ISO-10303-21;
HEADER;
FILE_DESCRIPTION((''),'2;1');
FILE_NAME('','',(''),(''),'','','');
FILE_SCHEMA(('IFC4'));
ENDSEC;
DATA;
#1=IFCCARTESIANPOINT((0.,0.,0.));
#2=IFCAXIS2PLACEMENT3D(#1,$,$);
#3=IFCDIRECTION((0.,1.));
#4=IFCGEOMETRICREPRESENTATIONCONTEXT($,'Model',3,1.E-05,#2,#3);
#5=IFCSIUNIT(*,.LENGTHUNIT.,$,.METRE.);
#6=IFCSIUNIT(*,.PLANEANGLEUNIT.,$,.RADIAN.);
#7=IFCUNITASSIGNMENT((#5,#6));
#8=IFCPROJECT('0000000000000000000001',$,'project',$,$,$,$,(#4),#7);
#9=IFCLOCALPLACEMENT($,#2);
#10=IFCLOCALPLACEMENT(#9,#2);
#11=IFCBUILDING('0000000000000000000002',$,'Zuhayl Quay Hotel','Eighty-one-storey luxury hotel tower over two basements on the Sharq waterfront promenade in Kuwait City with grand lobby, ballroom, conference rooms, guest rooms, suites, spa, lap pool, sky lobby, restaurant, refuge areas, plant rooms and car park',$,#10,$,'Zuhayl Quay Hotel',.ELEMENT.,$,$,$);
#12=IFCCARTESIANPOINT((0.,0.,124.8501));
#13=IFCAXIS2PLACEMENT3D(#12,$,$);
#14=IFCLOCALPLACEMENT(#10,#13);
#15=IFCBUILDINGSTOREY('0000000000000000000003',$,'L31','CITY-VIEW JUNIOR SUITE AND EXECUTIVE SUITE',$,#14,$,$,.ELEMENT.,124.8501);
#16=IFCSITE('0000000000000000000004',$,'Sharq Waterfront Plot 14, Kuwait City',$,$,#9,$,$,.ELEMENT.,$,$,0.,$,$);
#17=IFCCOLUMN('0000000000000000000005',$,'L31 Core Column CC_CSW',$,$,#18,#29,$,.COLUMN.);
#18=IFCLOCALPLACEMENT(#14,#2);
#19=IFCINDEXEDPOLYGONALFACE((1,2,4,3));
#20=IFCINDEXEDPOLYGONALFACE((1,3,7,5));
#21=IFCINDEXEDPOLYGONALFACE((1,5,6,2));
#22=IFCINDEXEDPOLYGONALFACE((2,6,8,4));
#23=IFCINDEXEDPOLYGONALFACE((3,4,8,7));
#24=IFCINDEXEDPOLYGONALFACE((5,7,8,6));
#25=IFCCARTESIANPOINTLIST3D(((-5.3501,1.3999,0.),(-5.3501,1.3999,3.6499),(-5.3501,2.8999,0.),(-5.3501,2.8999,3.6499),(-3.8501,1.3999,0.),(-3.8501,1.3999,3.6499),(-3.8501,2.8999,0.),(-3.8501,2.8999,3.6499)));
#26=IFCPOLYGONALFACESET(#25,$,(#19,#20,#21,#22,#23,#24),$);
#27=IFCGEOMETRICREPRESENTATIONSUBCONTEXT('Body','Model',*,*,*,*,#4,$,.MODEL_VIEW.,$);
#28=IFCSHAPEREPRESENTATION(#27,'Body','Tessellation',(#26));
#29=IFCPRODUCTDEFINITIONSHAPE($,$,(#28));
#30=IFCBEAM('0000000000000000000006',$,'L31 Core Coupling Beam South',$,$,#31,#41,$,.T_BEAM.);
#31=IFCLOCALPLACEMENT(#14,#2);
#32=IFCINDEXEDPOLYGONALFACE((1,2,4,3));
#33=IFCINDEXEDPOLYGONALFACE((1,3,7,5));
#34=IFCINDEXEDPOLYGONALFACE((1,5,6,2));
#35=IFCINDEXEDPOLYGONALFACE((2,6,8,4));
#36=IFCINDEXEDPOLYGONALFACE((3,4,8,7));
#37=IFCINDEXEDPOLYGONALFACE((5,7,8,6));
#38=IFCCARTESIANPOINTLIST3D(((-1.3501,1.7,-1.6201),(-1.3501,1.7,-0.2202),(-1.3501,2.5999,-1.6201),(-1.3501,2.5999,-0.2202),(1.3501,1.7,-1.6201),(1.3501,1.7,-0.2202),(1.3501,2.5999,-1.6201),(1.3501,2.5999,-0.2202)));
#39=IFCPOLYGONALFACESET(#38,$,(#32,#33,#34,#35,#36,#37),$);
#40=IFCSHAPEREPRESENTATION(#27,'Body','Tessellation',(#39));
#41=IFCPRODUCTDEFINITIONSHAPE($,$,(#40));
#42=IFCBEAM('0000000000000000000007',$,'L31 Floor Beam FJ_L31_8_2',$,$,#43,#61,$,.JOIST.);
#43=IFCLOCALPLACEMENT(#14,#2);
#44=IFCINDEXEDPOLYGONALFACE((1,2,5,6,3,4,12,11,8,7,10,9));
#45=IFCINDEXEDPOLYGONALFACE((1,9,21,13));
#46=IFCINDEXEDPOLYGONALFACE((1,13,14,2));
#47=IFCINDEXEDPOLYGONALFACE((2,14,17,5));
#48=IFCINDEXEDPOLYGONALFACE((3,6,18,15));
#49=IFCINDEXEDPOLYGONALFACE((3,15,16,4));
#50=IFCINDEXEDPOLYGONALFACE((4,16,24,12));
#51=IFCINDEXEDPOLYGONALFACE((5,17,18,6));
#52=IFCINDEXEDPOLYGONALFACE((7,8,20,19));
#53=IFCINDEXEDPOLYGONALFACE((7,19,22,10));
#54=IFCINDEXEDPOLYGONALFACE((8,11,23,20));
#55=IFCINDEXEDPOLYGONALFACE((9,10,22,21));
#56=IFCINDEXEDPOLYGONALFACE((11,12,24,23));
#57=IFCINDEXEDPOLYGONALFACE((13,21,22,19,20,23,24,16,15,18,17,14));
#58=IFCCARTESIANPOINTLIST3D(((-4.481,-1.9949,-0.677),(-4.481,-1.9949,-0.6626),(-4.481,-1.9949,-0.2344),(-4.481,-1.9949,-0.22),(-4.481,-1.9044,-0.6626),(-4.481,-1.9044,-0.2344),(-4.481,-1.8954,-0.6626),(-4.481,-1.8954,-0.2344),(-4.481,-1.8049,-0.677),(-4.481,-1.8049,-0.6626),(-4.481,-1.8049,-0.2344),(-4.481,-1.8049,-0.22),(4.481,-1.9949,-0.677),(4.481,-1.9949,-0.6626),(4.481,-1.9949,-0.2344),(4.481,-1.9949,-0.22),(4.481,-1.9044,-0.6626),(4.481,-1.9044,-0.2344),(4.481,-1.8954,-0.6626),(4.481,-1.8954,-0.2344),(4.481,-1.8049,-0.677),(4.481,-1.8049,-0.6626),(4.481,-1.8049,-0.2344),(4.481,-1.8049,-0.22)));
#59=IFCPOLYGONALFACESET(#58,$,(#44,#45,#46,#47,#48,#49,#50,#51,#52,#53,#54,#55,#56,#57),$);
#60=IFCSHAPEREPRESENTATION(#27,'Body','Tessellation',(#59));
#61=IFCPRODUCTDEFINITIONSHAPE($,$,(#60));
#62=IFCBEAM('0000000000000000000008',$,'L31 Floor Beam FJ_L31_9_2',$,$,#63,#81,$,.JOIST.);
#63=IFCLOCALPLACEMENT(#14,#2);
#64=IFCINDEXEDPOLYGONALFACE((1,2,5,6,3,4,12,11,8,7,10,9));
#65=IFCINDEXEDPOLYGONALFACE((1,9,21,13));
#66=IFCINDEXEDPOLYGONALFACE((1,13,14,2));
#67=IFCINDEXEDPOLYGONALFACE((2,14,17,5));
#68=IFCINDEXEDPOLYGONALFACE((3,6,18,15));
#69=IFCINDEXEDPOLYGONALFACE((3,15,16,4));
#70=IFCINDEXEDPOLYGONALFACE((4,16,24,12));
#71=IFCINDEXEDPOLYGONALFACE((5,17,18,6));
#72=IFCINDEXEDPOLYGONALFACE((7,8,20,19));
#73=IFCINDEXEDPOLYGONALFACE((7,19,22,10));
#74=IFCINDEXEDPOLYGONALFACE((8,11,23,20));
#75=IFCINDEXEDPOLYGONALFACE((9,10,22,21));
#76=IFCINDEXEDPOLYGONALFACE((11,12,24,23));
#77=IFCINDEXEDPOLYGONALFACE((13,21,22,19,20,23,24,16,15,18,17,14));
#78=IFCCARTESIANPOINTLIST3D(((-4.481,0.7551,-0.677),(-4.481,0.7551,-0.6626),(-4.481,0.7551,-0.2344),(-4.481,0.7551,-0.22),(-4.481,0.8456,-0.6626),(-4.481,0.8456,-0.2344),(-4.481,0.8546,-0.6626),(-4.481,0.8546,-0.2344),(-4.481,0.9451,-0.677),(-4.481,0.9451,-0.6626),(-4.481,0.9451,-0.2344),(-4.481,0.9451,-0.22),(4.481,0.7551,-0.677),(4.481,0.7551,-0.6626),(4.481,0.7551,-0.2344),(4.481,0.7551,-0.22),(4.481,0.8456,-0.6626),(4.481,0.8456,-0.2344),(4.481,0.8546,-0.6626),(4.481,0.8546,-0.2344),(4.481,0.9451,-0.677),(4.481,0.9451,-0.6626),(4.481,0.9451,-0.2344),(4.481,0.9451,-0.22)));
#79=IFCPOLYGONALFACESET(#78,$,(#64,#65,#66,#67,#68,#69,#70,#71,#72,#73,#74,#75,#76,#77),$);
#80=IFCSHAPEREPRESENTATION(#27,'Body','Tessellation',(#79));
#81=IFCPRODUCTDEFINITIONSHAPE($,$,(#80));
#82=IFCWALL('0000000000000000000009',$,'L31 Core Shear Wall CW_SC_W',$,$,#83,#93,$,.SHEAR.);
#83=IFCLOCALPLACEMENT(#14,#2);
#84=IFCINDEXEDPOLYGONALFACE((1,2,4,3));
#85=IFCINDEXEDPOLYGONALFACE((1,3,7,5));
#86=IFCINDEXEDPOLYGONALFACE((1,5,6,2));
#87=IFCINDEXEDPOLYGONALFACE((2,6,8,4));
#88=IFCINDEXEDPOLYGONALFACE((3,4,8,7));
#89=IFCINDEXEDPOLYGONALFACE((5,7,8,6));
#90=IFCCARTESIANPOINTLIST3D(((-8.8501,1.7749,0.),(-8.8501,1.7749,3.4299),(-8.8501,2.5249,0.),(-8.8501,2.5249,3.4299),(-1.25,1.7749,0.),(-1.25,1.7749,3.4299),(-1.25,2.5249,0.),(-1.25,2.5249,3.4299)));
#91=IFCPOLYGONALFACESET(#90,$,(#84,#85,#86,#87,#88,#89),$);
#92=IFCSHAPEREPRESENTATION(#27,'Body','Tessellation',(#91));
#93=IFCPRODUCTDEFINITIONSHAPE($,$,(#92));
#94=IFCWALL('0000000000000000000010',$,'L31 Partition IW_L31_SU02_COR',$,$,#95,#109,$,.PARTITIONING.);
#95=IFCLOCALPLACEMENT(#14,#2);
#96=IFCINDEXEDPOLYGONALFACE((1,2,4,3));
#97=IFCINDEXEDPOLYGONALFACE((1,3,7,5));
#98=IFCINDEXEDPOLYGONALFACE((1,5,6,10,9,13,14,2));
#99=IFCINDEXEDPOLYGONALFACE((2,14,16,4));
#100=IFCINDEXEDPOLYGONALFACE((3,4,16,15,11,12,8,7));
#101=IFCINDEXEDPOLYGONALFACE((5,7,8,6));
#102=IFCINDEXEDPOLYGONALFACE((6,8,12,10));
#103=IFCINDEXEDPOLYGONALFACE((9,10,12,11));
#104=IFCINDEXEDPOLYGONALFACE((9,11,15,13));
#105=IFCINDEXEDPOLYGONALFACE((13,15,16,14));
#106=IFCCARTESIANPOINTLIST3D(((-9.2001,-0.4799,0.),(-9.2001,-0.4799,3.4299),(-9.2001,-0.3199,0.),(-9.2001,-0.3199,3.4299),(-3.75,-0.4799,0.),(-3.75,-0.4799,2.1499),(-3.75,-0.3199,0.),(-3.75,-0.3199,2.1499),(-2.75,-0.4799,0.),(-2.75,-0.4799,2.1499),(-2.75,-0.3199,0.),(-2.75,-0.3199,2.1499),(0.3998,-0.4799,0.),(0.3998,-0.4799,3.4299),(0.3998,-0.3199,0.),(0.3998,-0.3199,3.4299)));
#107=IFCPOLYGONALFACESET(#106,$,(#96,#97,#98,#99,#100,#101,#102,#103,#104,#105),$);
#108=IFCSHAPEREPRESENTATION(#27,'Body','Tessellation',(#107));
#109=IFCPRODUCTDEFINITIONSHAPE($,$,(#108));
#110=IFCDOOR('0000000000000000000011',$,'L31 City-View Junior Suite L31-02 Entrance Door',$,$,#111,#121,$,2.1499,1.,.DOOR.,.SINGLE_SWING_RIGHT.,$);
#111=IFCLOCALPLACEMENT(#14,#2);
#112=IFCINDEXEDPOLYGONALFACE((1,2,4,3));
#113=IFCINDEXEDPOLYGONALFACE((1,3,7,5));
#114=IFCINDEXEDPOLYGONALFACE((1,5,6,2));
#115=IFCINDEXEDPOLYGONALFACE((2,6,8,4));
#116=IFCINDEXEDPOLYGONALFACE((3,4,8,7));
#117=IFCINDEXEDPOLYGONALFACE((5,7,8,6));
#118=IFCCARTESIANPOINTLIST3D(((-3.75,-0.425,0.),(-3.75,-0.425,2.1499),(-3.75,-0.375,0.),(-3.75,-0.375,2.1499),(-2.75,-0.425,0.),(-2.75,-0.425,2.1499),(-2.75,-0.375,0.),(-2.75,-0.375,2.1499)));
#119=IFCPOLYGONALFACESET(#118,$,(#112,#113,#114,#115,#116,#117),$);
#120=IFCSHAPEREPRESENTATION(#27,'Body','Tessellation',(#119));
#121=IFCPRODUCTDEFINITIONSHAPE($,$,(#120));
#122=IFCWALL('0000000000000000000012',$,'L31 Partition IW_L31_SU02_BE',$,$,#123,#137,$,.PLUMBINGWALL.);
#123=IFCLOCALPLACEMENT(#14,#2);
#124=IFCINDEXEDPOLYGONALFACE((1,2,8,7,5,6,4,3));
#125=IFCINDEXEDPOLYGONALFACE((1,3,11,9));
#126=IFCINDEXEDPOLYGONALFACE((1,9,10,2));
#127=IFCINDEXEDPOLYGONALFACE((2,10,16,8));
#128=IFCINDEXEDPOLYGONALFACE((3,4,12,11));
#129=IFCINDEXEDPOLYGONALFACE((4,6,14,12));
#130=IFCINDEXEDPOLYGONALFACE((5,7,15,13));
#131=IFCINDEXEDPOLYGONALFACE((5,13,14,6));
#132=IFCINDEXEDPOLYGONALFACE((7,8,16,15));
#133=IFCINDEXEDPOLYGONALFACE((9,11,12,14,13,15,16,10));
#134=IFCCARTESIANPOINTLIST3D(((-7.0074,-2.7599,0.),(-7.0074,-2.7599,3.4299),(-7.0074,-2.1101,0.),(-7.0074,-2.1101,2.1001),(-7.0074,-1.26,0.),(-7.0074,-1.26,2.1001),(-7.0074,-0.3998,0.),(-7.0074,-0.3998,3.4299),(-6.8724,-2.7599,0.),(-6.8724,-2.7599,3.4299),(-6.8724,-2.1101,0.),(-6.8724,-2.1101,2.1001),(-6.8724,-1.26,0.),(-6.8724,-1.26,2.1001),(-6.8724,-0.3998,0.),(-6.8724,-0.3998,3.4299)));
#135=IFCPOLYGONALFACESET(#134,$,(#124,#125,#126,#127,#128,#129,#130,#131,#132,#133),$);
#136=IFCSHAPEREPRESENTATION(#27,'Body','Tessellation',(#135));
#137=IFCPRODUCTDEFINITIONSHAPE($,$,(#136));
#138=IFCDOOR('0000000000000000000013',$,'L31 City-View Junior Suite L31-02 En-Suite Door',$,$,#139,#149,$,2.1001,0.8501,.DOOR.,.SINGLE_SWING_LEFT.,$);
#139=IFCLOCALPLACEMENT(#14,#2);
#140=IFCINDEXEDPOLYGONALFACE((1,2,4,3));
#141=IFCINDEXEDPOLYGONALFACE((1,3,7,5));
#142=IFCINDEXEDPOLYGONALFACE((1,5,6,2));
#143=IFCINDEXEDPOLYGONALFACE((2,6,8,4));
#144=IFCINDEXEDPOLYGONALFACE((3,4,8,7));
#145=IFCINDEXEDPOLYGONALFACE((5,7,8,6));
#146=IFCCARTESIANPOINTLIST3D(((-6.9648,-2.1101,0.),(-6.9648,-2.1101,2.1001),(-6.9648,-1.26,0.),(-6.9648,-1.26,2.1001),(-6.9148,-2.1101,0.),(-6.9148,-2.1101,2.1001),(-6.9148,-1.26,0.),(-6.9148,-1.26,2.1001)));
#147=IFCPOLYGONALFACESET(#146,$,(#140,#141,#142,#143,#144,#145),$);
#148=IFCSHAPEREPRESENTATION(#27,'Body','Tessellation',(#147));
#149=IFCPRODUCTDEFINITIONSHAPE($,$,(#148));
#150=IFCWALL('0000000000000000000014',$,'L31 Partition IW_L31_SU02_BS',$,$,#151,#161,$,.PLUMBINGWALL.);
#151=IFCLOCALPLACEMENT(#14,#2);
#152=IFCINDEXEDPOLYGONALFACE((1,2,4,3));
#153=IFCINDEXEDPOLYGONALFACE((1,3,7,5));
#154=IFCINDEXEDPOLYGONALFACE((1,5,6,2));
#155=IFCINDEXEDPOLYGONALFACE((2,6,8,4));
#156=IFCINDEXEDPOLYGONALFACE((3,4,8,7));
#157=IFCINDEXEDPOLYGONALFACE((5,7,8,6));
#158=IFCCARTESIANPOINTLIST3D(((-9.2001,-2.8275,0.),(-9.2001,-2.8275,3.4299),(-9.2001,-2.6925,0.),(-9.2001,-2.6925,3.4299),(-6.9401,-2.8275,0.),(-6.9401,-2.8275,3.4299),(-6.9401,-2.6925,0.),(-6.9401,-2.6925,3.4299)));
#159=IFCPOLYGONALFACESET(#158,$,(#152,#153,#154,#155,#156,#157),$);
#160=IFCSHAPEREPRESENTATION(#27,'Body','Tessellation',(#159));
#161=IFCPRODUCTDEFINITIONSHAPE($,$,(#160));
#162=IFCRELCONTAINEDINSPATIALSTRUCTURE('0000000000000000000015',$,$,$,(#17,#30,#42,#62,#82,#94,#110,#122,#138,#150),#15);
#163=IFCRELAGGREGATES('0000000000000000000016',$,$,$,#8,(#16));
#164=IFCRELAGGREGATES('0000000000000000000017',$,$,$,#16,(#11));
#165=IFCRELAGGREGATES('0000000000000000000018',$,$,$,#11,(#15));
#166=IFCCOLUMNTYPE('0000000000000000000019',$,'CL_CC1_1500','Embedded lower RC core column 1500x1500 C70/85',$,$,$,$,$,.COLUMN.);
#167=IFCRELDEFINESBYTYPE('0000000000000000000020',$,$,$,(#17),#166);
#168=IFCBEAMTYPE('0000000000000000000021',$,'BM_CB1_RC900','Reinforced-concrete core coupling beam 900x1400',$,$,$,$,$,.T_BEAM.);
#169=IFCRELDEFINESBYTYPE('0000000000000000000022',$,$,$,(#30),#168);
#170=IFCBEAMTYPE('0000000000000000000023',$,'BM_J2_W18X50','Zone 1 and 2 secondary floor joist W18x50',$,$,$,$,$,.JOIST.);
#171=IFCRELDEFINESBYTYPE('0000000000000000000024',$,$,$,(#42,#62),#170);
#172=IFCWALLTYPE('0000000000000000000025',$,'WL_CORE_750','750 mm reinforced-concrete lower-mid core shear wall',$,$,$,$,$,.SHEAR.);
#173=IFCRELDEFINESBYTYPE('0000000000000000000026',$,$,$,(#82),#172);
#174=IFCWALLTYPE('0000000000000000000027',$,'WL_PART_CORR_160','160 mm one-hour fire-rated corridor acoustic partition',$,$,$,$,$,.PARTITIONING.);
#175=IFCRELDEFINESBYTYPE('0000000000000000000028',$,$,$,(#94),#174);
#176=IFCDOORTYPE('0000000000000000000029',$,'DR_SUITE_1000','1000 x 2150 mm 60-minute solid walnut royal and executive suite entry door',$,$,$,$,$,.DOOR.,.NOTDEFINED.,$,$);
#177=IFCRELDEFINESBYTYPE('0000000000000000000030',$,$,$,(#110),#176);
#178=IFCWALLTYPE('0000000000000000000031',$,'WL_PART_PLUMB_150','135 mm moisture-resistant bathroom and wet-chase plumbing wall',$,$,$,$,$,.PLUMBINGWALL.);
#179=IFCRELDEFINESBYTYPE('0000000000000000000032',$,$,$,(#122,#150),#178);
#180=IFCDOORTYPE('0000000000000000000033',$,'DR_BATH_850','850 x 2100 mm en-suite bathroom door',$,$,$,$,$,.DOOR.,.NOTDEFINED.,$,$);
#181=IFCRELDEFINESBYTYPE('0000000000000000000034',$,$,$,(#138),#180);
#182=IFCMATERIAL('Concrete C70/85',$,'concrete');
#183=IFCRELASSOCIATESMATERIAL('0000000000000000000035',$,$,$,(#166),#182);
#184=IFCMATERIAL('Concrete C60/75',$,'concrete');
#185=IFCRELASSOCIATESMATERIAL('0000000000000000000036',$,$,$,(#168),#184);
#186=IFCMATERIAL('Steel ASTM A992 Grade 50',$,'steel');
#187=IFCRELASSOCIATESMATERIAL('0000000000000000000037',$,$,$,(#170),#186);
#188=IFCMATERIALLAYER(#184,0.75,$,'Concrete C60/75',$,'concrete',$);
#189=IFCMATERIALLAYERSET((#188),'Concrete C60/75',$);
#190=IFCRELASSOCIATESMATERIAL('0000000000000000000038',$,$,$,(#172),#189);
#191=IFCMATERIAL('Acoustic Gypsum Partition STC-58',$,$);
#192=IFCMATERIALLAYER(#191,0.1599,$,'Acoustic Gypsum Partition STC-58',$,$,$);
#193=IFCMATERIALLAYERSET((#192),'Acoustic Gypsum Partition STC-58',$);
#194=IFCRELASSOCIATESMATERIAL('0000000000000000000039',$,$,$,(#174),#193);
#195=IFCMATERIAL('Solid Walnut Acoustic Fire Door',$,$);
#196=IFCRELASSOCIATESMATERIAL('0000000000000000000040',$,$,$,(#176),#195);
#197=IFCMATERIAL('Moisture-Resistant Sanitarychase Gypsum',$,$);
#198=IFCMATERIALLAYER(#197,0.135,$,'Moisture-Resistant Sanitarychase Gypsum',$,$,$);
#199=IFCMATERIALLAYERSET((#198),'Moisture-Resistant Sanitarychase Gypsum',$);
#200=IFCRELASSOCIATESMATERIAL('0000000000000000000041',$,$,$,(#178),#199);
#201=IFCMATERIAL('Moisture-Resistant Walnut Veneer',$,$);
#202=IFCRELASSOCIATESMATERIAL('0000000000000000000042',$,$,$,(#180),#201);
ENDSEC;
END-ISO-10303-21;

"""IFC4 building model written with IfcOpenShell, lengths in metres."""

from ifc_helpers import new_model, si_unit, direction, frame, frame_2d, origin, origin_2d, place, context, subcontext, project, spatial, rectangle, i_section, extrude, material, layer, layer_set, material_profile, profile_set, type_object, element, fill, save


model = new_model("IFC4")

# Units and contexts
model_context = context("Model", 3, precision=1e-05, world=origin(), true_north=direction((0.0, 1.0)))
body_context = subcontext(model_context, "Body", "Model", "MODEL_VIEW")
ifc_project = project(units=[si_unit("LENGTHUNIT", "METRE"), si_unit("PLANEANGLEUNIT", "RADIAN")], contexts=[model_context])

# Site, building, storey
site_placement = place(None, origin())
site = spatial("IfcSite", under=ifc_project, at=site_placement, Name="Sharq Waterfront Plot 14, Kuwait City", CompositionType="ELEMENT", RefElevation=0.0)
building_placement = place(site_placement, origin())
building = spatial("IfcBuilding", under=site, at=building_placement, Name="Zuhayl Quay Hotel", Description="Eighty-one-storey luxury hotel tower over two basements on the Sharq waterfront promenade in Kuwait City with grand lobby, ballroom, conference rooms, guest rooms, suites, spa, lap pool, sky lobby, restaurant, refuge areas, plant rooms and car park", LongName="Zuhayl Quay Hotel", CompositionType="ELEMENT")
storey_placement = place(building_placement, frame((0.0, 0.0, 124.8501)))
storey = spatial("IfcBuildingStorey", under=building, at=storey_placement, Name="L31", Description="CITY-VIEW JUNIOR SUITE AND EXECUTIVE SUITE", CompositionType="ELEMENT", Elevation=124.8501)

# Column
ifc_material_1 = material(Name="Concrete C70/85", Category="concrete")
ifc_material_profile_1 = material_profile(ifc_material_1, rectangle(XDim=1.5, YDim=1.5, at=origin_2d()), Name="RC1500X1500")
ifc_profile_set_1 = profile_set([ifc_material_profile_1], Name="Concrete C70/85")
column_type = type_object("IfcColumnType", Name="CL_CC1_1500", Description="Embedded lower RC core column 1500x1500 C70/85", PredefinedType="COLUMN", material=ifc_profile_set_1)
column_placement = place(storey_placement, frame((-4.6001, 2.1499, 0.0), z_axis=(0.0, 0.0, 1.0), x_axis=(1.0, 0.0, 0.0)))
element("IfcColumn", 1, at=column_placement, inside=storey, type_object=column_type, Name="L31 Core Column CC_CSW", PredefinedType="COLUMN", context=body_context, shape_type="SweptSolid", body=[
    extrude(rectangle(XDim=1.5, YDim=1.5, at=origin_2d()), origin(), (0.0, 0.0, 1.0), 3.6499),
])

# Beams
ifc_material_2 = material(Name="Concrete C60/75", Category="concrete")
ifc_material_profile_2 = material_profile(ifc_material_2, rectangle(XDim=0.8999, YDim=1.3999, at=origin_2d()), Name="RC900X1400")
ifc_profile_set_2 = profile_set([ifc_material_profile_2], Name="Concrete C60/75")
beam_type_1 = type_object("IfcBeamType", Name="BM_CB1_RC900", Description="Reinforced-concrete core coupling beam 900x1400", PredefinedType="T_BEAM", material=ifc_profile_set_2)
beam_placement = place(storey_placement, frame((-1.3501, 2.1499, -0.9202), z_axis=(1.0, 0.0, 0.0), x_axis=(0.0, 1.0, 0.0)))
element("IfcBeam", 2, at=beam_placement, inside=storey, type_object=beam_type_1, Name="L31 Core Coupling Beam South", PredefinedType="T_BEAM", context=body_context, shape_type="SweptSolid", body=[
    extrude(rectangle(XDim=0.8999, YDim=1.3999, at=origin_2d()), origin(), (0.0, 0.0, 1.0), 2.7002),
])
ifc_material_3 = material(Name="Steel ASTM A992 Grade 50", Category="steel")
ifc_material_profile_3 = material_profile(ifc_material_3, i_section(OverallWidth=0.1899, OverallDepth=0.457, WebThickness=0.009, FlangeThickness=0.0144, at=origin_2d()), Name="W18X50")
ifc_profile_set_3 = profile_set([ifc_material_profile_3], Name="Steel ASTM A992 Grade 50")
beam_type_2 = type_object("IfcBeamType", Name="BM_J2_W18X50", Description="Zone 1 and 2 secondary floor joist W18x50", PredefinedType="JOIST", material=ifc_profile_set_3)
for number, where, z_axis, x_axis, name in (
    (3, (-4.481, -1.8999, -0.4485), (1.0, 0.0, 0.0), (0.0, 1.0, 0.0), "L31 Floor Beam FJ_L31_8_2"),
    (4, (-4.481, 0.8501, -0.4485), (1.0, 0.0, 0.0), (0.0, 1.0, 0.0), "L31 Floor Beam FJ_L31_9_2"),
):
    element("IfcBeam", number, at=place(storey_placement, frame(where, z_axis=z_axis, x_axis=x_axis)), inside=storey, type_object=beam_type_2, Name=name, PredefinedType="JOIST", context=body_context, shape_type="SweptSolid", body=[
        extrude(i_section(OverallWidth=0.1899, OverallDepth=0.457, WebThickness=0.009, FlangeThickness=0.0144, at=origin_2d()), origin(), (0.0, 0.0, 1.0), 8.9619),
    ])

# Wall
ifc_layer_1 = layer(ifc_material_2, 0.75, Name="Concrete C60/75", Category="concrete")
ifc_layer_set_1 = layer_set([ifc_layer_1], Name="Concrete C60/75")
wall_type_1 = type_object("IfcWallType", Name="WL_CORE_750", Description="750 mm reinforced-concrete lower-mid core shear wall", PredefinedType="SHEAR", material=ifc_layer_set_1)
wall_1_placement = place(storey_placement, frame((-8.8501, 2.1499, 0.0), z_axis=(0.0, 0.0, 1.0), x_axis=(1.0, 0.0, 0.0)))
element("IfcWall", 5, at=wall_1_placement, inside=storey, type_object=wall_type_1, Name="L31 Core Shear Wall CW_SC_W", PredefinedType="SHEAR", context=body_context, shape_type="SweptSolid", body=[
    extrude(rectangle(XDim=7.6001, YDim=0.75, at=frame_2d((3.8, 0.0))), origin(), (0.0, 0.0, 1.0), 3.4299),
])

# Walls, openings, doors
ifc_material_4 = material(Name="Acoustic Gypsum Partition STC-58")
ifc_layer_2 = layer(ifc_material_4, 0.1599, Name="Acoustic Gypsum Partition STC-58")
ifc_layer_set_2 = layer_set([ifc_layer_2], Name="Acoustic Gypsum Partition STC-58")
wall_type_2 = type_object("IfcWallType", Name="WL_PART_CORR_160", Description="160 mm one-hour fire-rated corridor acoustic partition", PredefinedType="PARTITIONING", material=ifc_layer_set_2)
wall_2_placement = place(storey_placement, frame((-9.2, -0.3999, 0.0), z_axis=(0.0, 0.0, 1.0), x_axis=(1.0, 0.0, 0.0)))
wall_2 = element("IfcWall", 6, at=wall_2_placement, inside=storey, type_object=wall_type_2, Name="L31 Partition IW_L31_SU02_COR", PredefinedType="PARTITIONING", context=body_context, shape_type="SweptSolid", body=[
    extrude(rectangle(XDim=9.5999, YDim=0.1599, at=frame_2d((4.7998, 0.0))), origin(), (0.0, 0.0, 1.0), 3.4299),
])
opening_1_placement = place(wall_2_placement, frame((5.45, 0.0, 0.0)))
opening_1 = element("IfcOpeningElement", 7, at=opening_1_placement, cuts=wall_2, PredefinedType="OPENING", context=body_context, shape_type="SweptSolid", body=[
    extrude(rectangle(XDim=1.0, YDim=2.1499, at=frame_2d((0.5, 1.075))), frame((0.0, 0.0898, 0.0), z_axis=(0.0, -1.0, 0.0), x_axis=(1.0, 0.0, 0.0)), (0.0, 0.0, 1.0), 0.1799),
])
ifc_material_5 = material(Name="Solid Walnut Acoustic Fire Door")
door_type_1 = type_object("IfcDoorType", Name="DR_SUITE_1000", Description="1000 x 2150 mm 60-minute solid walnut royal and executive suite entry door", OperationType="NOTDEFINED", PredefinedType="DOOR", material=ifc_material_5)
door_1_placement = place(opening_1_placement, origin())
door_1 = element("IfcDoor", 8, at=door_1_placement, inside=storey, type_object=door_type_1, Name="L31 City-View Junior Suite L31-02 Entrance Door", OperationType="SINGLE_SWING_RIGHT", OverallHeight=2.1499, OverallWidth=1.0, PredefinedType="DOOR", context=body_context, shape_type="SweptSolid", body=[
    extrude(rectangle(XDim=1.0, YDim=2.1499, at=frame_2d((0.5, 1.075))), frame((0.0, 0.0249, 0.0), z_axis=(0.0, -1.0, 0.0), x_axis=(1.0, 0.0, 0.0)), (0.0, 0.0, 1.0), 0.05),
])
fill(opening_1, door_1)
ifc_material_6 = material(Name="Moisture-Resistant Sanitarychase Gypsum")
ifc_layer_3 = layer(ifc_material_6, 0.135, Name="Moisture-Resistant Sanitarychase Gypsum")
ifc_layer_set_3 = layer_set([ifc_layer_3], Name="Moisture-Resistant Sanitarychase Gypsum")
wall_type_3 = type_object("IfcWallType", Name="WL_PART_PLUMB_150", Description="135 mm moisture-resistant bathroom and wet-chase plumbing wall", PredefinedType="PLUMBINGWALL", material=ifc_layer_set_3)
wall_3_placement = place(storey_placement, frame((-6.9399, -2.76, 0.0), z_axis=(0.0, 0.0, 1.0), x_axis=(0.0, 1.0, 0.0)))
wall_3 = element("IfcWall", 9, at=wall_3_placement, inside=storey, type_object=wall_type_3, Name="L31 Partition IW_L31_SU02_BE", PredefinedType="PLUMBINGWALL", context=body_context, shape_type="SweptSolid", body=[
    extrude(rectangle(XDim=2.3601, YDim=0.135, at=frame_2d((1.1802, 0.0))), origin(), (0.0, 0.0, 1.0), 3.4299),
])
opening_2_placement = place(wall_3_placement, frame((0.6499, 0.0, 0.0)))
opening_2 = element("IfcOpeningElement", 10, at=opening_2_placement, cuts=wall_3, PredefinedType="OPENING", context=body_context, shape_type="SweptSolid", body=[
    extrude(rectangle(XDim=0.8501, YDim=2.1001, at=frame_2d((0.425, 1.05))), frame((0.0, 0.0774, 0.0), z_axis=(0.0, -1.0, 0.0), x_axis=(1.0, 0.0, 0.0)), (0.0, 0.0, 1.0), 0.155),
])
ifc_material_7 = material(Name="Moisture-Resistant Walnut Veneer")
door_type_2 = type_object("IfcDoorType", Name="DR_BATH_850", Description="850 x 2100 mm en-suite bathroom door", OperationType="NOTDEFINED", PredefinedType="DOOR", material=ifc_material_7)
door_2_placement = place(opening_2_placement, origin())
door_2 = element("IfcDoor", 11, at=door_2_placement, inside=storey, type_object=door_type_2, Name="L31 City-View Junior Suite L31-02 En-Suite Door", OperationType="SINGLE_SWING_LEFT", OverallHeight=2.1001, OverallWidth=0.8501, PredefinedType="DOOR", context=body_context, shape_type="SweptSolid", body=[
    extrude(rectangle(XDim=0.8501, YDim=2.1001, at=frame_2d((0.425, 1.05))), frame((0.0, 0.0249, 0.0), z_axis=(0.0, -1.0, 0.0), x_axis=(1.0, 0.0, 0.0)), (0.0, 0.0, 1.0), 0.05),
])
fill(opening_2, door_2)

# Wall
wall_4_placement = place(storey_placement, frame((-9.2, -2.76, 0.0), z_axis=(0.0, 0.0, 1.0), x_axis=(1.0, 0.0, 0.0)))
element("IfcWall", 12, at=wall_4_placement, inside=storey, type_object=wall_type_3, Name="L31 Partition IW_L31_SU02_BS", PredefinedType="PLUMBINGWALL", context=body_context, shape_type="SweptSolid", body=[
    extrude(rectangle(XDim=2.26, YDim=0.135, at=frame_2d((1.1299, 0.0))), origin(), (0.0, 0.0, 1.0), 3.4299),
])

save(model, "model.ifc")
